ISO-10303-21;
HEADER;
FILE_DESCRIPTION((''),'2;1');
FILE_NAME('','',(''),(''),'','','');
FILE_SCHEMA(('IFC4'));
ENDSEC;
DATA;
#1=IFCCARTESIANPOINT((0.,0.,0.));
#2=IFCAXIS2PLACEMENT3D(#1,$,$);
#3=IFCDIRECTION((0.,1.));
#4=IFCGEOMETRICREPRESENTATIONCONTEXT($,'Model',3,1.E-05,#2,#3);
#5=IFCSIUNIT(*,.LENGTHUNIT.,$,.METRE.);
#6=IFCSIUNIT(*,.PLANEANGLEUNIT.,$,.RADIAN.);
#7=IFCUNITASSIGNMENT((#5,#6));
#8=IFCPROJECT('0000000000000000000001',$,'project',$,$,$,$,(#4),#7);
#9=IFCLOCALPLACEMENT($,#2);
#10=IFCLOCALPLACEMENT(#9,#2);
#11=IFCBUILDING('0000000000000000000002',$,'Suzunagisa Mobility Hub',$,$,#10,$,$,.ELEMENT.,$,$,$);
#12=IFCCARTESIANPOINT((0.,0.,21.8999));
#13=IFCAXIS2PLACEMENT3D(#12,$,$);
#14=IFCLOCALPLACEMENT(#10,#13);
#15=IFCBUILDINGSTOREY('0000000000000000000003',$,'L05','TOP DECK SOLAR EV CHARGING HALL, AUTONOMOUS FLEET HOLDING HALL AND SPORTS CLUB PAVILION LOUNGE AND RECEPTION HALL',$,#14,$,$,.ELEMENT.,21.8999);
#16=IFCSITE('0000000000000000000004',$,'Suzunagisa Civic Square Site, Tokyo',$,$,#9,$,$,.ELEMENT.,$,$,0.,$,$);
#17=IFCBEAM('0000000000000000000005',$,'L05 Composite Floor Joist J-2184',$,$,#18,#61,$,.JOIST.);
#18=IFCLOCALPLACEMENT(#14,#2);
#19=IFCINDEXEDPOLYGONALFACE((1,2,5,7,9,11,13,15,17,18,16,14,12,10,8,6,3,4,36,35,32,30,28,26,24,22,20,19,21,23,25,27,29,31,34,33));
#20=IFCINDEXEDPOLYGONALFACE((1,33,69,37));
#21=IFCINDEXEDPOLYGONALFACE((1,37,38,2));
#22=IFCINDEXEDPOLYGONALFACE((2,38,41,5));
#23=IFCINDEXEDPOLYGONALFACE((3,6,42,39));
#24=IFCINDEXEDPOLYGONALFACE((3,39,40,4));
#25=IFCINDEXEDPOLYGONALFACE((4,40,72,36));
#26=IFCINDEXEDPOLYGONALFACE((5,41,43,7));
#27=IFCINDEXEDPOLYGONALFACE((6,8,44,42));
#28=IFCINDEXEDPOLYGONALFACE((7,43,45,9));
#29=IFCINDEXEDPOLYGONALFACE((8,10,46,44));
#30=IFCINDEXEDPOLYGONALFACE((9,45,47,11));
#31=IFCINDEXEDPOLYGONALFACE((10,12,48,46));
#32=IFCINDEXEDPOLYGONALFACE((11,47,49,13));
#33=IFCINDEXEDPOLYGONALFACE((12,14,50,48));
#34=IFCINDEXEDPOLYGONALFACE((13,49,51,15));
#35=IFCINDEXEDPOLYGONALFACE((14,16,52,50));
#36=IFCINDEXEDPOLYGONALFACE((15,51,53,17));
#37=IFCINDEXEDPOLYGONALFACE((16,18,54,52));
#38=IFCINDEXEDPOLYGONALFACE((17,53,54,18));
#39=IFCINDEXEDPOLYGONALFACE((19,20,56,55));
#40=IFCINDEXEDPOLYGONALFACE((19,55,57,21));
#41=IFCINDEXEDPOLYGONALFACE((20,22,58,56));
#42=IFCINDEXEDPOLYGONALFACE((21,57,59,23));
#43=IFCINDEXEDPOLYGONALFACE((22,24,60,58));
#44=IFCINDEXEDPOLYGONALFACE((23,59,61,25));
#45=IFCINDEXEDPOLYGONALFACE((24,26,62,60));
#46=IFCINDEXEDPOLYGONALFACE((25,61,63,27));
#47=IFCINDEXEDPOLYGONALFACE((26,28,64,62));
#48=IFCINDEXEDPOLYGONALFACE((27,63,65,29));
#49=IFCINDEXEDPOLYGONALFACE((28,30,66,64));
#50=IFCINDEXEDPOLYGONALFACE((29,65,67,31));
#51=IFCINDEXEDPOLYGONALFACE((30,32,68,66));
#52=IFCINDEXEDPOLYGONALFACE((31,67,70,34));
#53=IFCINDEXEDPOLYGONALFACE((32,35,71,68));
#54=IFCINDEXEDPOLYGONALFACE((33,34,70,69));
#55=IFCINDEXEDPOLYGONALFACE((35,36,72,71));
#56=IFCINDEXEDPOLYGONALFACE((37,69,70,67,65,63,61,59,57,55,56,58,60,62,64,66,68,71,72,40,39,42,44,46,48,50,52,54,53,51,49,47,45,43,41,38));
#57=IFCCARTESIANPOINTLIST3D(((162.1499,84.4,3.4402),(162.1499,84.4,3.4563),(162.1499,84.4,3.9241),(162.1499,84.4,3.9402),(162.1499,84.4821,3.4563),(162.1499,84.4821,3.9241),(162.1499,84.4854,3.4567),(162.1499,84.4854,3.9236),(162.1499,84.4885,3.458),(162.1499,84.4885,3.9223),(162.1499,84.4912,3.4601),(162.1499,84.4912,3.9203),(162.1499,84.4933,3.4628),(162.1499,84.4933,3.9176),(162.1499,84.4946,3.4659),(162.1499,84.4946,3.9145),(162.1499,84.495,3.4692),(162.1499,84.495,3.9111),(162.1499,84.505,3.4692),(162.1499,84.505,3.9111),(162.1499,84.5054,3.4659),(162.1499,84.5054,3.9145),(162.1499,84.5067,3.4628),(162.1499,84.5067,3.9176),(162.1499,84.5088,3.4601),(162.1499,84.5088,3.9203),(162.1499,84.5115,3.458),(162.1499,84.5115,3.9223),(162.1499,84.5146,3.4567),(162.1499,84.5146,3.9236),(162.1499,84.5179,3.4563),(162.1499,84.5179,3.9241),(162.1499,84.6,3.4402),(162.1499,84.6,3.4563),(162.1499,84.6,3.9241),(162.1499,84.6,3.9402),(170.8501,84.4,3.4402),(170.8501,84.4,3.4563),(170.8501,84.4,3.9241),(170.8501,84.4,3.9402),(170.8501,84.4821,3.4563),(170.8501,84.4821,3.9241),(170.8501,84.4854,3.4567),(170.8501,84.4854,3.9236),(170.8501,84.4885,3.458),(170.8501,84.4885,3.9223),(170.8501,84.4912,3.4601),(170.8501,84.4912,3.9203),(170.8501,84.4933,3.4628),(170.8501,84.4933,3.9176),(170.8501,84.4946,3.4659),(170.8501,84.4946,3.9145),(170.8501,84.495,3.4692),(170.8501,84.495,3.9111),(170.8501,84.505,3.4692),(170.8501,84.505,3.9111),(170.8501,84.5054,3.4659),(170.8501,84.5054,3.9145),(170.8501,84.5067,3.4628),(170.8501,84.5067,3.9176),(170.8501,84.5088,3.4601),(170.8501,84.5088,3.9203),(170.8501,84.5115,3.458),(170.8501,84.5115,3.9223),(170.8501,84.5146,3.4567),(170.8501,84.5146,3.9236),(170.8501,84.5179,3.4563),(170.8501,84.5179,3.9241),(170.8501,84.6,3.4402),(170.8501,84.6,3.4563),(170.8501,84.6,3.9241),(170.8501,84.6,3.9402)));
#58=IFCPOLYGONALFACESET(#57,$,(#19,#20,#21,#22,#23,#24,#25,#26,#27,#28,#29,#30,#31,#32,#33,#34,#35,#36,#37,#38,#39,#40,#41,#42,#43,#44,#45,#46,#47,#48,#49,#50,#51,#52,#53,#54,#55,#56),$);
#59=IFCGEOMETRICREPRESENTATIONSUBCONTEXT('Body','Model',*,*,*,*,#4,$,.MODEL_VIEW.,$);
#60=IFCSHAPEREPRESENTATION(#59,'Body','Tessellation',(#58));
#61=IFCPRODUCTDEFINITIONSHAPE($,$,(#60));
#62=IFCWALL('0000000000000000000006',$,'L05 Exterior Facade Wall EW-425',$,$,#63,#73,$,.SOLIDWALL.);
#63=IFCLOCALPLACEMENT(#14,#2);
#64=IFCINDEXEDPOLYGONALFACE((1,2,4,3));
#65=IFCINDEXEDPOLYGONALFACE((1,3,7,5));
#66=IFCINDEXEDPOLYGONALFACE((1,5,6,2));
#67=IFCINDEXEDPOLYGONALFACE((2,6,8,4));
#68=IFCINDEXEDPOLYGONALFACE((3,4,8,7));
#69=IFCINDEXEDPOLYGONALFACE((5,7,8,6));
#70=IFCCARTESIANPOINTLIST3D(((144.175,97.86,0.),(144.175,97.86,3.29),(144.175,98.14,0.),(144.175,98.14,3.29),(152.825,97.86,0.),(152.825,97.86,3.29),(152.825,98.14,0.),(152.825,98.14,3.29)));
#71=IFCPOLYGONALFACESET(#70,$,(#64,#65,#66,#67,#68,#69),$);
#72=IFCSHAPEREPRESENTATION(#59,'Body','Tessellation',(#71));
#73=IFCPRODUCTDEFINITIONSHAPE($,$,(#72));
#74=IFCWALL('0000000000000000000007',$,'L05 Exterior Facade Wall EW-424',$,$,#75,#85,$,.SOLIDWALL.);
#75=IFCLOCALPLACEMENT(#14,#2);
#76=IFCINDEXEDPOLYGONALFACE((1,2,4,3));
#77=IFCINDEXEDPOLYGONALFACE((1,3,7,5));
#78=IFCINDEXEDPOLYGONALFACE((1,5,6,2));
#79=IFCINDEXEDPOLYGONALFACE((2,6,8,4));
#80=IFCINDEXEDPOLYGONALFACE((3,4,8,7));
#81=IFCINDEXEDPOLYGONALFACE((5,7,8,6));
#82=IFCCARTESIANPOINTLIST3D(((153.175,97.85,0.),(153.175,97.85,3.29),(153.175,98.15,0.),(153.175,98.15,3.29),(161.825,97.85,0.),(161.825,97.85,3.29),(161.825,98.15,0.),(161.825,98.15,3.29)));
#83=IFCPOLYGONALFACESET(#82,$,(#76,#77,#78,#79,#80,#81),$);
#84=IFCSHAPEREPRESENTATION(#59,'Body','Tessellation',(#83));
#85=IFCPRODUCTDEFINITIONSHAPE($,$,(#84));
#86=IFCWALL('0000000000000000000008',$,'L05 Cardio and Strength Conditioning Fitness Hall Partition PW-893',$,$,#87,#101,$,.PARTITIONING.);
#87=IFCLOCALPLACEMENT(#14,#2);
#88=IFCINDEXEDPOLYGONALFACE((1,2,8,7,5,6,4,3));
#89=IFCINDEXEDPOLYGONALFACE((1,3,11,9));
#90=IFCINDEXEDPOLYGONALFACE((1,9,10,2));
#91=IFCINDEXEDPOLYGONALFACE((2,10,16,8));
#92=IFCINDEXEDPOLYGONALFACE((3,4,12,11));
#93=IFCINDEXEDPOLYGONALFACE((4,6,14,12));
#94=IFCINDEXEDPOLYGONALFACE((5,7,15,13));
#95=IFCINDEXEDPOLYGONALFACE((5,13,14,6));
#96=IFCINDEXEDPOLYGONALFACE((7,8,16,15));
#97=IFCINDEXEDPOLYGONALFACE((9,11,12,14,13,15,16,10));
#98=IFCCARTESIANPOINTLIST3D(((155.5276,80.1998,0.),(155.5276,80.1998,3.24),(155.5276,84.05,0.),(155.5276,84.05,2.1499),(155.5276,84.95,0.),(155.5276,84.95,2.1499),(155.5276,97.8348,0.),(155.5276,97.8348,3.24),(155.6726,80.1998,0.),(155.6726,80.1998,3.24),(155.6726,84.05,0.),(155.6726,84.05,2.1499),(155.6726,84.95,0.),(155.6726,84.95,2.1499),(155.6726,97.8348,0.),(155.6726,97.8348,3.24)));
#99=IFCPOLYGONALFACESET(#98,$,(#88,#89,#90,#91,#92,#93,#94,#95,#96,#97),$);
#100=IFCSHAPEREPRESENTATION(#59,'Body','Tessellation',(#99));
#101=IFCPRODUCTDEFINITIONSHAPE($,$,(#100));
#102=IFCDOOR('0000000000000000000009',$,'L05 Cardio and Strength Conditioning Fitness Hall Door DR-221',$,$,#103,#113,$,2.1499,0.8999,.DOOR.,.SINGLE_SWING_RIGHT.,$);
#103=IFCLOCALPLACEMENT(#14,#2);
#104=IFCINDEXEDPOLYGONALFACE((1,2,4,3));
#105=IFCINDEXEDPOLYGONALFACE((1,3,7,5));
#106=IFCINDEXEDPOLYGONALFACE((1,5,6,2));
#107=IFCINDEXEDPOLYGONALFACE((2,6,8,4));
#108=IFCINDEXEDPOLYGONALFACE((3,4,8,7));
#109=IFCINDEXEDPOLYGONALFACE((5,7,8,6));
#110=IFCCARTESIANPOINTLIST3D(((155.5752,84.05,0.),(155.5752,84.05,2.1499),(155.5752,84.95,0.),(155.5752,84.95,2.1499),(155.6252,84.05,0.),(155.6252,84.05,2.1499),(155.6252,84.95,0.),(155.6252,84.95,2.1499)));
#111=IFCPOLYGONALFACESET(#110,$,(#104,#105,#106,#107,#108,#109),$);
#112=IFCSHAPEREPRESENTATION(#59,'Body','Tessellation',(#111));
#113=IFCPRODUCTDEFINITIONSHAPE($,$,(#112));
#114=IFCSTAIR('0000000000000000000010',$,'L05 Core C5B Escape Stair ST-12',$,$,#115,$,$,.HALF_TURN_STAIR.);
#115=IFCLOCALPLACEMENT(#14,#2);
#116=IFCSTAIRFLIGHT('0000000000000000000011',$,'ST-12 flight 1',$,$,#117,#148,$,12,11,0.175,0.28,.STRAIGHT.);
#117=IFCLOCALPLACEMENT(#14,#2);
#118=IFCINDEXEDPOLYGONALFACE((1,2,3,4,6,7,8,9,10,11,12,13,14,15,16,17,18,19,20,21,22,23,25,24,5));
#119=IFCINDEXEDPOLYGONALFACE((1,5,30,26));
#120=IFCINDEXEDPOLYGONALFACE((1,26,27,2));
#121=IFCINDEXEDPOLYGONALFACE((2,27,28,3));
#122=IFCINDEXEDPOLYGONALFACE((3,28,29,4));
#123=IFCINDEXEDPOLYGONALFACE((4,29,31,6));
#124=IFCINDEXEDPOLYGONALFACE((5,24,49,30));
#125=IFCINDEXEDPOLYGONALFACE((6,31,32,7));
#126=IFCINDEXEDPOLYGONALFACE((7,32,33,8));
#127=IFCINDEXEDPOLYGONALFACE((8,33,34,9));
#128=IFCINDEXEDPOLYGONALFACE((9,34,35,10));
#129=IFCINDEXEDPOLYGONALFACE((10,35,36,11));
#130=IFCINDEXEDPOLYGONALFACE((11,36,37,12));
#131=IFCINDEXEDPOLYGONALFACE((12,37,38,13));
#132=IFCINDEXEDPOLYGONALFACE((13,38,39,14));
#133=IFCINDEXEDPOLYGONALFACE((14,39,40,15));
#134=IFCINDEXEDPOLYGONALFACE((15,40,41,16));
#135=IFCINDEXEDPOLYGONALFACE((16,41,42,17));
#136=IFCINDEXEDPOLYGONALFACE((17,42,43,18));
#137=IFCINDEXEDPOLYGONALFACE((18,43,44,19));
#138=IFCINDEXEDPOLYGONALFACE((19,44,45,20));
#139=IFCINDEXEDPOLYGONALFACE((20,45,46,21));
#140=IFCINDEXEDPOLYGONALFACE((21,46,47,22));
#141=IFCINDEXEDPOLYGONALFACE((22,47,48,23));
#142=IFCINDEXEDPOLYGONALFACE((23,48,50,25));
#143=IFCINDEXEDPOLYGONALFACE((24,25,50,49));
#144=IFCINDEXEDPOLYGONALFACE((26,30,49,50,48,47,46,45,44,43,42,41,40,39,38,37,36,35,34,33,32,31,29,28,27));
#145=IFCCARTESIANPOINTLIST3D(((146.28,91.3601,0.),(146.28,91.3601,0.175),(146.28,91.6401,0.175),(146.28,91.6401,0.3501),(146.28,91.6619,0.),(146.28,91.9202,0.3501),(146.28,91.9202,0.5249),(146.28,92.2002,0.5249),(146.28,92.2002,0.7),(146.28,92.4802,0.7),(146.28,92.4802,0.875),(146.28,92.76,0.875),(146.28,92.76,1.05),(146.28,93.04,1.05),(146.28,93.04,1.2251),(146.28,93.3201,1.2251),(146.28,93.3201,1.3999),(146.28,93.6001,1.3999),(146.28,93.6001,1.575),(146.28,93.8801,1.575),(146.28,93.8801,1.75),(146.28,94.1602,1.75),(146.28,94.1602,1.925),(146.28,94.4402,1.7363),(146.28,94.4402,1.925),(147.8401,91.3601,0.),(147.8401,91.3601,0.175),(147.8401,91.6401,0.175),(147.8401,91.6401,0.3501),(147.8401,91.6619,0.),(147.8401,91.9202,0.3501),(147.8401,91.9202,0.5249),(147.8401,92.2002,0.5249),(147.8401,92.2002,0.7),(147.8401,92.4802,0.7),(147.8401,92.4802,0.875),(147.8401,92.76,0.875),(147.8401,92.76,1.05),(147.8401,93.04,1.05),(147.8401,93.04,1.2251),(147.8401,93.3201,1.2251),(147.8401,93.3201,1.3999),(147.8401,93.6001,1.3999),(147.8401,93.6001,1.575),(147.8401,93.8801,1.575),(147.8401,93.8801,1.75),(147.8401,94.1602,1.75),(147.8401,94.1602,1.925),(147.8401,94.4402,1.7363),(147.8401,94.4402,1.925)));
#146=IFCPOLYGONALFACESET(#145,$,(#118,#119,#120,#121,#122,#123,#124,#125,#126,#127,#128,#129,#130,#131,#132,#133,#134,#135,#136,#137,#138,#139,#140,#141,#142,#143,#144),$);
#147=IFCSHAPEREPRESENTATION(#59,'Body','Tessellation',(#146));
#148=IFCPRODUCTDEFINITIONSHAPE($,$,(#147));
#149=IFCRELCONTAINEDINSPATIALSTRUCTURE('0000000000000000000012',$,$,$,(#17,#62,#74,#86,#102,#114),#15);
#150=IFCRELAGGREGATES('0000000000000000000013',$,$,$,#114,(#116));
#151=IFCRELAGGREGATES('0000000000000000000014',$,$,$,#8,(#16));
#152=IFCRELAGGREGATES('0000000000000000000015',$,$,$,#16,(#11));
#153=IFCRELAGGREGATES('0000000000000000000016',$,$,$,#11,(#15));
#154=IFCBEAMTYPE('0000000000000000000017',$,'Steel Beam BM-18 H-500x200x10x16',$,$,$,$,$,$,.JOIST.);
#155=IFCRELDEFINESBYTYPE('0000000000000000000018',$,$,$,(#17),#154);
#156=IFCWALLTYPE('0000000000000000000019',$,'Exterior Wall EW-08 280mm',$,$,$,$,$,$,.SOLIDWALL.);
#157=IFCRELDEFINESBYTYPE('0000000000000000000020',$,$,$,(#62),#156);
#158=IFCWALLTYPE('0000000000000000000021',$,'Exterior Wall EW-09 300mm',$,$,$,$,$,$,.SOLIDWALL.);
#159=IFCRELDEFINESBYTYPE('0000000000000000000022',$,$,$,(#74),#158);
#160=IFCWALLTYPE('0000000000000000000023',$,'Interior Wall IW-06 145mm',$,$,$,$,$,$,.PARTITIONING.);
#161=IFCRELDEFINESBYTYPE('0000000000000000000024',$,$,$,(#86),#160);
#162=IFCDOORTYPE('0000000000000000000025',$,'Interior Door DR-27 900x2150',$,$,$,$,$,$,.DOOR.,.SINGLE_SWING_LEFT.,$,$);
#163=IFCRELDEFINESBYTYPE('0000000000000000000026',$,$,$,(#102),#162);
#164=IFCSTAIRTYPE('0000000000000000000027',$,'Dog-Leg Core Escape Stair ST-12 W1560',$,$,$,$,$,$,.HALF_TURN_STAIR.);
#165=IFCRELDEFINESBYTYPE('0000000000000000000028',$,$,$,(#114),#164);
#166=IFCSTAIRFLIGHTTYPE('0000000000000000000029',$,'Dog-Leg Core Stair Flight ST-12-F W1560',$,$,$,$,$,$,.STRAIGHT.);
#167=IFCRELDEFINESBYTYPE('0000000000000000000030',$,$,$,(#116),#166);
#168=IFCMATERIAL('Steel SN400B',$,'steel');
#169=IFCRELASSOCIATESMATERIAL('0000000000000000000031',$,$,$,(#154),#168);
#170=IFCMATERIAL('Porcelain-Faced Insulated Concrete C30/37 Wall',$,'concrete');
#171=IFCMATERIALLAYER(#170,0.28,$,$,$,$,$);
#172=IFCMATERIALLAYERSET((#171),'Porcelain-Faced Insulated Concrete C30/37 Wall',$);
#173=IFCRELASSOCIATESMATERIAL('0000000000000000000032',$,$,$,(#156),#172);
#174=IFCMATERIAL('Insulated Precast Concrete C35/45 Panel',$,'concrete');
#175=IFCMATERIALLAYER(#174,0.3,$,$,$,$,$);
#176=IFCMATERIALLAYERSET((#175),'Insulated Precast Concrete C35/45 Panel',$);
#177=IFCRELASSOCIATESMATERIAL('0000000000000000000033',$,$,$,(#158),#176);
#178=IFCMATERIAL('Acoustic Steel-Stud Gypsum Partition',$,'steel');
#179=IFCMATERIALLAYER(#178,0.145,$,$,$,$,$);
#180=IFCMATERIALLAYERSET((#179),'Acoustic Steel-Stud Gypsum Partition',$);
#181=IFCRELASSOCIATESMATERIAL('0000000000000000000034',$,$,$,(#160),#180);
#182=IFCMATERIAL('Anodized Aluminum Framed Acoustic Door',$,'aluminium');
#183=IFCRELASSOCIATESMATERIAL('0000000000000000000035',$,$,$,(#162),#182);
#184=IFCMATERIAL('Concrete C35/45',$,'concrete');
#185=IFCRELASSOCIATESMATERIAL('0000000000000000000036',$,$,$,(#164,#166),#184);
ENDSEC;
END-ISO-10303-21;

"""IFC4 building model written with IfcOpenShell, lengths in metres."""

from ifc_helpers import new_model, si_unit, direction, frame, frame_2d, origin, origin_2d, place, context, subcontext, project, spatial, polyline, rectangle, i_section, outline, extrude, material, layer, layer_set, material_profile, profile_set, type_object, element, fill, aggregate, save


model = new_model("IFC4")

# Units and contexts
model_context = context("Model", 3, precision=1e-05, world=origin(), true_north=direction((0.0, 1.0)))
body_context = subcontext(model_context, "Body", "Model", "MODEL_VIEW")
ifc_project = project(units=[si_unit("LENGTHUNIT", "METRE"), si_unit("PLANEANGLEUNIT", "RADIAN")], contexts=[model_context])

# Site, building, storey
site_placement = place(None, origin())
site = spatial("IfcSite", under=ifc_project, at=site_placement, Name="Suzunagisa Civic Square Site, Tokyo", CompositionType="ELEMENT", RefElevation=0.0)
building_placement = place(site_placement, origin())
building = spatial("IfcBuilding", under=site, at=building_placement, Name="Suzunagisa Mobility Hub", CompositionType="ELEMENT")
storey_placement = place(building_placement, frame((0.0, 0.0, 21.8999)))
storey = spatial("IfcBuildingStorey", under=building, at=storey_placement, Name="L05", Description="TOP DECK SOLAR EV CHARGING HALL, AUTONOMOUS FLEET HOLDING HALL AND SPORTS CLUB PAVILION LOUNGE AND RECEPTION HALL", CompositionType="ELEMENT", Elevation=21.8999)

# Beam
ifc_material_1 = material(Name="Steel SN400B", Category="steel")
ifc_material_profile_1 = material_profile(ifc_material_1, i_section(OverallWidth=0.2, OverallDepth=0.5, WebThickness=0.01, FlangeThickness=0.0161, FilletRadius=0.0129, at=origin_2d()), Name="H-500x200x10x16")
ifc_profile_set_1 = profile_set([ifc_material_profile_1], Name="Steel SN400B")
beam_type_1 = type_object("IfcBeamType", Name="Steel Beam BM-18 H-500x200x10x16", PredefinedType="JOIST", material=ifc_profile_set_1)
for number, where, z_axis, x_axis, name in (
    (1, (162.1499, 84.5, 3.6902), (1.0, 0.0, 0.0), (0.0, 1.0, 0.0), "L05 Composite Floor Joist J-2184"),
):
    element("IfcBeam", number, at=place(storey_placement, frame(where, z_axis=z_axis, x_axis=x_axis)), inside=storey, type_object=beam_type_1, Name=name, PredefinedType="JOIST", context=body_context, shape_type="SweptSolid", body=[
        extrude(i_section(OverallWidth=0.2, OverallDepth=0.5, WebThickness=0.01, FlangeThickness=0.0161, FilletRadius=0.0129, at=origin_2d()), origin(), (0.0, 0.0, 1.0), 8.7002),
    ])

# Walls
ifc_material_2 = material(Name="Porcelain-Faced Insulated Concrete C30/37 Wall", Category="concrete")
ifc_layer_1 = layer(ifc_material_2, 0.28)
ifc_layer_set_1 = layer_set([ifc_layer_1], Name="Porcelain-Faced Insulated Concrete C30/37 Wall")
wall_type_1 = type_object("IfcWallType", Name="Exterior Wall EW-08 280mm", PredefinedType="SOLIDWALL", material=ifc_layer_set_1)
wall_1_placement = place(storey_placement, frame((152.825, 98.0, 0.0), z_axis=(0.0, 0.0, 1.0), x_axis=(-1.0, 0.0, 0.0)))
element("IfcWall", 2, at=wall_1_placement, inside=storey, type_object=wall_type_1, Name="L05 Exterior Facade Wall EW-425", PredefinedType="SOLIDWALL", context=body_context, shape_type="SweptSolid", body=[
    extrude(rectangle(XDim=8.6499, YDim=0.28, at=frame_2d((4.325, 0.0))), origin(), (0.0, 0.0, 1.0), 3.29),
])
ifc_material_3 = material(Name="Insulated Precast Concrete C35/45 Panel", Category="concrete")
ifc_layer_2 = layer(ifc_material_3, 0.3)
ifc_layer_set_2 = layer_set([ifc_layer_2], Name="Insulated Precast Concrete C35/45 Panel")
wall_type_2 = type_object("IfcWallType", Name="Exterior Wall EW-09 300mm", PredefinedType="SOLIDWALL", material=ifc_layer_set_2)
wall_2_placement = place(storey_placement, frame((161.825, 98.0, 0.0), z_axis=(0.0, 0.0, 1.0), x_axis=(-1.0, 0.0, 0.0)))
element("IfcWall", 3, at=wall_2_placement, inside=storey, type_object=wall_type_2, Name="L05 Exterior Facade Wall EW-424", PredefinedType="SOLIDWALL", context=body_context, shape_type="SweptSolid", body=[
    extrude(rectangle(XDim=8.6499, YDim=0.3, at=frame_2d((4.325, 0.0))), origin(), (0.0, 0.0, 1.0), 3.29),
])

# Wall, opening, door
ifc_material_4 = material(Name="Concrete C35/45", Category="concrete")
ifc_material_5 = material(Name="Acoustic Steel-Stud Gypsum Partition", Category="steel")
ifc_layer_3 = layer(ifc_material_5, 0.145)
ifc_layer_set_3 = layer_set([ifc_layer_3], Name="Acoustic Steel-Stud Gypsum Partition")
wall_type_3 = type_object("IfcWallType", Name="Interior Wall IW-06 145mm", PredefinedType="PARTITIONING", material=ifc_layer_set_3)
wall_3_placement = place(storey_placement, frame((155.6001, 80.2, 0.0), z_axis=(0.0, 0.0, 1.0), x_axis=(0.0, 1.0, 0.0)))
wall_3 = element("IfcWall", 4, at=wall_3_placement, inside=storey, type_object=wall_type_3, Name="L05 Cardio and Strength Conditioning Fitness Hall Partition PW-893", PredefinedType="PARTITIONING", context=body_context, shape_type="SweptSolid", body=[
    extrude(rectangle(XDim=17.635, YDim=0.145, at=frame_2d((8.8174, 0.0))), origin(), (0.0, 0.0, 1.0), 3.24),
])
opening_1_placement = place(wall_3_placement, frame((3.8501, 0.0, 0.0)))
opening_1 = element("IfcOpeningElement", 5, at=opening_1_placement, cuts=wall_3, PredefinedType="OPENING", context=body_context, shape_type="SweptSolid", body=[
    extrude(rectangle(XDim=0.8999, YDim=2.1499, at=frame_2d((0.45, 1.075))), frame((0.0, 0.0835, 0.0), z_axis=(0.0, -1.0, 0.0), x_axis=(1.0, 0.0, 0.0)), (0.0, 0.0, 1.0), 0.167),
])
ifc_material_6 = material(Name="Anodized Aluminum Framed Acoustic Door", Category="aluminium")
door_type_1 = type_object("IfcDoorType", Name="Interior Door DR-27 900x2150", OperationType="SINGLE_SWING_LEFT", PredefinedType="DOOR", material=ifc_material_6)
door_1_placement = place(opening_1_placement, origin())
door_1 = element("IfcDoor", 6, at=door_1_placement, inside=storey, type_object=door_type_1, Name="L05 Cardio and Strength Conditioning Fitness Hall Door DR-221", OperationType="SINGLE_SWING_RIGHT", OverallHeight=2.1499, OverallWidth=0.8999, PredefinedType="DOOR", context=body_context, shape_type="SweptSolid", body=[
    extrude(rectangle(XDim=0.8999, YDim=2.1499, at=frame_2d((0.45, 1.075))), frame((0.0, 0.0249, 0.0), z_axis=(0.0, -1.0, 0.0), x_axis=(1.0, 0.0, 0.0)), (0.0, 0.0, 1.0), 0.05),
])
fill(opening_1, door_1)

# Stair, stair flight
stair_type = type_object("IfcStairType", Name="Dog-Leg Core Escape Stair ST-12 W1560", PredefinedType="HALF_TURN_STAIR", material=ifc_material_4)
stair_placement = place(storey_placement, origin())
stair = element("IfcStair", 7, at=stair_placement, inside=storey, type_object=stair_type, Name="L05 Core C5B Escape Stair ST-12", PredefinedType="HALF_TURN_STAIR")
stair_flight_type = type_object("IfcStairFlightType", Name="Dog-Leg Core Stair Flight ST-12-F W1560", PredefinedType="STRAIGHT", material=ifc_material_4)
stair_flight_placement = place(storey_placement, frame((147.0601, 91.3601, 0.0), z_axis=(0.0, 0.0, 1.0), x_axis=(0.0, 1.0, 0.0)))
stair_flight = element("IfcStairFlight", 8, at=stair_flight_placement, type_object=stair_flight_type, Name="ST-12 flight 1", NumberOfRisers=12, NumberOfTreads=11, PredefinedType="STRAIGHT", RiserHeight=0.175, TreadLength=0.28, context=body_context, shape_type="SweptSolid", body=[
    extrude(outline(polyline([(0.0, 0.0), (0.0, 0.175), (0.28, 0.175), (0.28, 0.3501), (0.5601, 0.3501), (0.5601, 0.5249), (0.8401, 0.5249), (0.8401, 0.7), (1.1201, 0.7), (1.1201, 0.875), (1.3999, 0.875), (1.3999, 1.05), (1.6799, 1.05), (1.6799, 1.2251), (1.96, 1.2251), (1.96, 1.3999), (2.24, 1.3999), (2.24, 1.575), (2.52, 1.575), (2.52, 1.75), (2.8, 1.75), (2.8, 1.925), (3.0801, 1.925), (3.0801, 2.1001), (3.0801, 1.7363), (0.3018, 0.0), (0.0, 0.0)])), frame((0.0, 0.78, 0.0), z_axis=(0.0, -1.0, 0.0), x_axis=(1.0, 0.0, 0.0)), (0.0, 0.0, 1.0), 1.5601),
])
aggregate(stair, [stair_flight])

save(model, "model.ifc")
